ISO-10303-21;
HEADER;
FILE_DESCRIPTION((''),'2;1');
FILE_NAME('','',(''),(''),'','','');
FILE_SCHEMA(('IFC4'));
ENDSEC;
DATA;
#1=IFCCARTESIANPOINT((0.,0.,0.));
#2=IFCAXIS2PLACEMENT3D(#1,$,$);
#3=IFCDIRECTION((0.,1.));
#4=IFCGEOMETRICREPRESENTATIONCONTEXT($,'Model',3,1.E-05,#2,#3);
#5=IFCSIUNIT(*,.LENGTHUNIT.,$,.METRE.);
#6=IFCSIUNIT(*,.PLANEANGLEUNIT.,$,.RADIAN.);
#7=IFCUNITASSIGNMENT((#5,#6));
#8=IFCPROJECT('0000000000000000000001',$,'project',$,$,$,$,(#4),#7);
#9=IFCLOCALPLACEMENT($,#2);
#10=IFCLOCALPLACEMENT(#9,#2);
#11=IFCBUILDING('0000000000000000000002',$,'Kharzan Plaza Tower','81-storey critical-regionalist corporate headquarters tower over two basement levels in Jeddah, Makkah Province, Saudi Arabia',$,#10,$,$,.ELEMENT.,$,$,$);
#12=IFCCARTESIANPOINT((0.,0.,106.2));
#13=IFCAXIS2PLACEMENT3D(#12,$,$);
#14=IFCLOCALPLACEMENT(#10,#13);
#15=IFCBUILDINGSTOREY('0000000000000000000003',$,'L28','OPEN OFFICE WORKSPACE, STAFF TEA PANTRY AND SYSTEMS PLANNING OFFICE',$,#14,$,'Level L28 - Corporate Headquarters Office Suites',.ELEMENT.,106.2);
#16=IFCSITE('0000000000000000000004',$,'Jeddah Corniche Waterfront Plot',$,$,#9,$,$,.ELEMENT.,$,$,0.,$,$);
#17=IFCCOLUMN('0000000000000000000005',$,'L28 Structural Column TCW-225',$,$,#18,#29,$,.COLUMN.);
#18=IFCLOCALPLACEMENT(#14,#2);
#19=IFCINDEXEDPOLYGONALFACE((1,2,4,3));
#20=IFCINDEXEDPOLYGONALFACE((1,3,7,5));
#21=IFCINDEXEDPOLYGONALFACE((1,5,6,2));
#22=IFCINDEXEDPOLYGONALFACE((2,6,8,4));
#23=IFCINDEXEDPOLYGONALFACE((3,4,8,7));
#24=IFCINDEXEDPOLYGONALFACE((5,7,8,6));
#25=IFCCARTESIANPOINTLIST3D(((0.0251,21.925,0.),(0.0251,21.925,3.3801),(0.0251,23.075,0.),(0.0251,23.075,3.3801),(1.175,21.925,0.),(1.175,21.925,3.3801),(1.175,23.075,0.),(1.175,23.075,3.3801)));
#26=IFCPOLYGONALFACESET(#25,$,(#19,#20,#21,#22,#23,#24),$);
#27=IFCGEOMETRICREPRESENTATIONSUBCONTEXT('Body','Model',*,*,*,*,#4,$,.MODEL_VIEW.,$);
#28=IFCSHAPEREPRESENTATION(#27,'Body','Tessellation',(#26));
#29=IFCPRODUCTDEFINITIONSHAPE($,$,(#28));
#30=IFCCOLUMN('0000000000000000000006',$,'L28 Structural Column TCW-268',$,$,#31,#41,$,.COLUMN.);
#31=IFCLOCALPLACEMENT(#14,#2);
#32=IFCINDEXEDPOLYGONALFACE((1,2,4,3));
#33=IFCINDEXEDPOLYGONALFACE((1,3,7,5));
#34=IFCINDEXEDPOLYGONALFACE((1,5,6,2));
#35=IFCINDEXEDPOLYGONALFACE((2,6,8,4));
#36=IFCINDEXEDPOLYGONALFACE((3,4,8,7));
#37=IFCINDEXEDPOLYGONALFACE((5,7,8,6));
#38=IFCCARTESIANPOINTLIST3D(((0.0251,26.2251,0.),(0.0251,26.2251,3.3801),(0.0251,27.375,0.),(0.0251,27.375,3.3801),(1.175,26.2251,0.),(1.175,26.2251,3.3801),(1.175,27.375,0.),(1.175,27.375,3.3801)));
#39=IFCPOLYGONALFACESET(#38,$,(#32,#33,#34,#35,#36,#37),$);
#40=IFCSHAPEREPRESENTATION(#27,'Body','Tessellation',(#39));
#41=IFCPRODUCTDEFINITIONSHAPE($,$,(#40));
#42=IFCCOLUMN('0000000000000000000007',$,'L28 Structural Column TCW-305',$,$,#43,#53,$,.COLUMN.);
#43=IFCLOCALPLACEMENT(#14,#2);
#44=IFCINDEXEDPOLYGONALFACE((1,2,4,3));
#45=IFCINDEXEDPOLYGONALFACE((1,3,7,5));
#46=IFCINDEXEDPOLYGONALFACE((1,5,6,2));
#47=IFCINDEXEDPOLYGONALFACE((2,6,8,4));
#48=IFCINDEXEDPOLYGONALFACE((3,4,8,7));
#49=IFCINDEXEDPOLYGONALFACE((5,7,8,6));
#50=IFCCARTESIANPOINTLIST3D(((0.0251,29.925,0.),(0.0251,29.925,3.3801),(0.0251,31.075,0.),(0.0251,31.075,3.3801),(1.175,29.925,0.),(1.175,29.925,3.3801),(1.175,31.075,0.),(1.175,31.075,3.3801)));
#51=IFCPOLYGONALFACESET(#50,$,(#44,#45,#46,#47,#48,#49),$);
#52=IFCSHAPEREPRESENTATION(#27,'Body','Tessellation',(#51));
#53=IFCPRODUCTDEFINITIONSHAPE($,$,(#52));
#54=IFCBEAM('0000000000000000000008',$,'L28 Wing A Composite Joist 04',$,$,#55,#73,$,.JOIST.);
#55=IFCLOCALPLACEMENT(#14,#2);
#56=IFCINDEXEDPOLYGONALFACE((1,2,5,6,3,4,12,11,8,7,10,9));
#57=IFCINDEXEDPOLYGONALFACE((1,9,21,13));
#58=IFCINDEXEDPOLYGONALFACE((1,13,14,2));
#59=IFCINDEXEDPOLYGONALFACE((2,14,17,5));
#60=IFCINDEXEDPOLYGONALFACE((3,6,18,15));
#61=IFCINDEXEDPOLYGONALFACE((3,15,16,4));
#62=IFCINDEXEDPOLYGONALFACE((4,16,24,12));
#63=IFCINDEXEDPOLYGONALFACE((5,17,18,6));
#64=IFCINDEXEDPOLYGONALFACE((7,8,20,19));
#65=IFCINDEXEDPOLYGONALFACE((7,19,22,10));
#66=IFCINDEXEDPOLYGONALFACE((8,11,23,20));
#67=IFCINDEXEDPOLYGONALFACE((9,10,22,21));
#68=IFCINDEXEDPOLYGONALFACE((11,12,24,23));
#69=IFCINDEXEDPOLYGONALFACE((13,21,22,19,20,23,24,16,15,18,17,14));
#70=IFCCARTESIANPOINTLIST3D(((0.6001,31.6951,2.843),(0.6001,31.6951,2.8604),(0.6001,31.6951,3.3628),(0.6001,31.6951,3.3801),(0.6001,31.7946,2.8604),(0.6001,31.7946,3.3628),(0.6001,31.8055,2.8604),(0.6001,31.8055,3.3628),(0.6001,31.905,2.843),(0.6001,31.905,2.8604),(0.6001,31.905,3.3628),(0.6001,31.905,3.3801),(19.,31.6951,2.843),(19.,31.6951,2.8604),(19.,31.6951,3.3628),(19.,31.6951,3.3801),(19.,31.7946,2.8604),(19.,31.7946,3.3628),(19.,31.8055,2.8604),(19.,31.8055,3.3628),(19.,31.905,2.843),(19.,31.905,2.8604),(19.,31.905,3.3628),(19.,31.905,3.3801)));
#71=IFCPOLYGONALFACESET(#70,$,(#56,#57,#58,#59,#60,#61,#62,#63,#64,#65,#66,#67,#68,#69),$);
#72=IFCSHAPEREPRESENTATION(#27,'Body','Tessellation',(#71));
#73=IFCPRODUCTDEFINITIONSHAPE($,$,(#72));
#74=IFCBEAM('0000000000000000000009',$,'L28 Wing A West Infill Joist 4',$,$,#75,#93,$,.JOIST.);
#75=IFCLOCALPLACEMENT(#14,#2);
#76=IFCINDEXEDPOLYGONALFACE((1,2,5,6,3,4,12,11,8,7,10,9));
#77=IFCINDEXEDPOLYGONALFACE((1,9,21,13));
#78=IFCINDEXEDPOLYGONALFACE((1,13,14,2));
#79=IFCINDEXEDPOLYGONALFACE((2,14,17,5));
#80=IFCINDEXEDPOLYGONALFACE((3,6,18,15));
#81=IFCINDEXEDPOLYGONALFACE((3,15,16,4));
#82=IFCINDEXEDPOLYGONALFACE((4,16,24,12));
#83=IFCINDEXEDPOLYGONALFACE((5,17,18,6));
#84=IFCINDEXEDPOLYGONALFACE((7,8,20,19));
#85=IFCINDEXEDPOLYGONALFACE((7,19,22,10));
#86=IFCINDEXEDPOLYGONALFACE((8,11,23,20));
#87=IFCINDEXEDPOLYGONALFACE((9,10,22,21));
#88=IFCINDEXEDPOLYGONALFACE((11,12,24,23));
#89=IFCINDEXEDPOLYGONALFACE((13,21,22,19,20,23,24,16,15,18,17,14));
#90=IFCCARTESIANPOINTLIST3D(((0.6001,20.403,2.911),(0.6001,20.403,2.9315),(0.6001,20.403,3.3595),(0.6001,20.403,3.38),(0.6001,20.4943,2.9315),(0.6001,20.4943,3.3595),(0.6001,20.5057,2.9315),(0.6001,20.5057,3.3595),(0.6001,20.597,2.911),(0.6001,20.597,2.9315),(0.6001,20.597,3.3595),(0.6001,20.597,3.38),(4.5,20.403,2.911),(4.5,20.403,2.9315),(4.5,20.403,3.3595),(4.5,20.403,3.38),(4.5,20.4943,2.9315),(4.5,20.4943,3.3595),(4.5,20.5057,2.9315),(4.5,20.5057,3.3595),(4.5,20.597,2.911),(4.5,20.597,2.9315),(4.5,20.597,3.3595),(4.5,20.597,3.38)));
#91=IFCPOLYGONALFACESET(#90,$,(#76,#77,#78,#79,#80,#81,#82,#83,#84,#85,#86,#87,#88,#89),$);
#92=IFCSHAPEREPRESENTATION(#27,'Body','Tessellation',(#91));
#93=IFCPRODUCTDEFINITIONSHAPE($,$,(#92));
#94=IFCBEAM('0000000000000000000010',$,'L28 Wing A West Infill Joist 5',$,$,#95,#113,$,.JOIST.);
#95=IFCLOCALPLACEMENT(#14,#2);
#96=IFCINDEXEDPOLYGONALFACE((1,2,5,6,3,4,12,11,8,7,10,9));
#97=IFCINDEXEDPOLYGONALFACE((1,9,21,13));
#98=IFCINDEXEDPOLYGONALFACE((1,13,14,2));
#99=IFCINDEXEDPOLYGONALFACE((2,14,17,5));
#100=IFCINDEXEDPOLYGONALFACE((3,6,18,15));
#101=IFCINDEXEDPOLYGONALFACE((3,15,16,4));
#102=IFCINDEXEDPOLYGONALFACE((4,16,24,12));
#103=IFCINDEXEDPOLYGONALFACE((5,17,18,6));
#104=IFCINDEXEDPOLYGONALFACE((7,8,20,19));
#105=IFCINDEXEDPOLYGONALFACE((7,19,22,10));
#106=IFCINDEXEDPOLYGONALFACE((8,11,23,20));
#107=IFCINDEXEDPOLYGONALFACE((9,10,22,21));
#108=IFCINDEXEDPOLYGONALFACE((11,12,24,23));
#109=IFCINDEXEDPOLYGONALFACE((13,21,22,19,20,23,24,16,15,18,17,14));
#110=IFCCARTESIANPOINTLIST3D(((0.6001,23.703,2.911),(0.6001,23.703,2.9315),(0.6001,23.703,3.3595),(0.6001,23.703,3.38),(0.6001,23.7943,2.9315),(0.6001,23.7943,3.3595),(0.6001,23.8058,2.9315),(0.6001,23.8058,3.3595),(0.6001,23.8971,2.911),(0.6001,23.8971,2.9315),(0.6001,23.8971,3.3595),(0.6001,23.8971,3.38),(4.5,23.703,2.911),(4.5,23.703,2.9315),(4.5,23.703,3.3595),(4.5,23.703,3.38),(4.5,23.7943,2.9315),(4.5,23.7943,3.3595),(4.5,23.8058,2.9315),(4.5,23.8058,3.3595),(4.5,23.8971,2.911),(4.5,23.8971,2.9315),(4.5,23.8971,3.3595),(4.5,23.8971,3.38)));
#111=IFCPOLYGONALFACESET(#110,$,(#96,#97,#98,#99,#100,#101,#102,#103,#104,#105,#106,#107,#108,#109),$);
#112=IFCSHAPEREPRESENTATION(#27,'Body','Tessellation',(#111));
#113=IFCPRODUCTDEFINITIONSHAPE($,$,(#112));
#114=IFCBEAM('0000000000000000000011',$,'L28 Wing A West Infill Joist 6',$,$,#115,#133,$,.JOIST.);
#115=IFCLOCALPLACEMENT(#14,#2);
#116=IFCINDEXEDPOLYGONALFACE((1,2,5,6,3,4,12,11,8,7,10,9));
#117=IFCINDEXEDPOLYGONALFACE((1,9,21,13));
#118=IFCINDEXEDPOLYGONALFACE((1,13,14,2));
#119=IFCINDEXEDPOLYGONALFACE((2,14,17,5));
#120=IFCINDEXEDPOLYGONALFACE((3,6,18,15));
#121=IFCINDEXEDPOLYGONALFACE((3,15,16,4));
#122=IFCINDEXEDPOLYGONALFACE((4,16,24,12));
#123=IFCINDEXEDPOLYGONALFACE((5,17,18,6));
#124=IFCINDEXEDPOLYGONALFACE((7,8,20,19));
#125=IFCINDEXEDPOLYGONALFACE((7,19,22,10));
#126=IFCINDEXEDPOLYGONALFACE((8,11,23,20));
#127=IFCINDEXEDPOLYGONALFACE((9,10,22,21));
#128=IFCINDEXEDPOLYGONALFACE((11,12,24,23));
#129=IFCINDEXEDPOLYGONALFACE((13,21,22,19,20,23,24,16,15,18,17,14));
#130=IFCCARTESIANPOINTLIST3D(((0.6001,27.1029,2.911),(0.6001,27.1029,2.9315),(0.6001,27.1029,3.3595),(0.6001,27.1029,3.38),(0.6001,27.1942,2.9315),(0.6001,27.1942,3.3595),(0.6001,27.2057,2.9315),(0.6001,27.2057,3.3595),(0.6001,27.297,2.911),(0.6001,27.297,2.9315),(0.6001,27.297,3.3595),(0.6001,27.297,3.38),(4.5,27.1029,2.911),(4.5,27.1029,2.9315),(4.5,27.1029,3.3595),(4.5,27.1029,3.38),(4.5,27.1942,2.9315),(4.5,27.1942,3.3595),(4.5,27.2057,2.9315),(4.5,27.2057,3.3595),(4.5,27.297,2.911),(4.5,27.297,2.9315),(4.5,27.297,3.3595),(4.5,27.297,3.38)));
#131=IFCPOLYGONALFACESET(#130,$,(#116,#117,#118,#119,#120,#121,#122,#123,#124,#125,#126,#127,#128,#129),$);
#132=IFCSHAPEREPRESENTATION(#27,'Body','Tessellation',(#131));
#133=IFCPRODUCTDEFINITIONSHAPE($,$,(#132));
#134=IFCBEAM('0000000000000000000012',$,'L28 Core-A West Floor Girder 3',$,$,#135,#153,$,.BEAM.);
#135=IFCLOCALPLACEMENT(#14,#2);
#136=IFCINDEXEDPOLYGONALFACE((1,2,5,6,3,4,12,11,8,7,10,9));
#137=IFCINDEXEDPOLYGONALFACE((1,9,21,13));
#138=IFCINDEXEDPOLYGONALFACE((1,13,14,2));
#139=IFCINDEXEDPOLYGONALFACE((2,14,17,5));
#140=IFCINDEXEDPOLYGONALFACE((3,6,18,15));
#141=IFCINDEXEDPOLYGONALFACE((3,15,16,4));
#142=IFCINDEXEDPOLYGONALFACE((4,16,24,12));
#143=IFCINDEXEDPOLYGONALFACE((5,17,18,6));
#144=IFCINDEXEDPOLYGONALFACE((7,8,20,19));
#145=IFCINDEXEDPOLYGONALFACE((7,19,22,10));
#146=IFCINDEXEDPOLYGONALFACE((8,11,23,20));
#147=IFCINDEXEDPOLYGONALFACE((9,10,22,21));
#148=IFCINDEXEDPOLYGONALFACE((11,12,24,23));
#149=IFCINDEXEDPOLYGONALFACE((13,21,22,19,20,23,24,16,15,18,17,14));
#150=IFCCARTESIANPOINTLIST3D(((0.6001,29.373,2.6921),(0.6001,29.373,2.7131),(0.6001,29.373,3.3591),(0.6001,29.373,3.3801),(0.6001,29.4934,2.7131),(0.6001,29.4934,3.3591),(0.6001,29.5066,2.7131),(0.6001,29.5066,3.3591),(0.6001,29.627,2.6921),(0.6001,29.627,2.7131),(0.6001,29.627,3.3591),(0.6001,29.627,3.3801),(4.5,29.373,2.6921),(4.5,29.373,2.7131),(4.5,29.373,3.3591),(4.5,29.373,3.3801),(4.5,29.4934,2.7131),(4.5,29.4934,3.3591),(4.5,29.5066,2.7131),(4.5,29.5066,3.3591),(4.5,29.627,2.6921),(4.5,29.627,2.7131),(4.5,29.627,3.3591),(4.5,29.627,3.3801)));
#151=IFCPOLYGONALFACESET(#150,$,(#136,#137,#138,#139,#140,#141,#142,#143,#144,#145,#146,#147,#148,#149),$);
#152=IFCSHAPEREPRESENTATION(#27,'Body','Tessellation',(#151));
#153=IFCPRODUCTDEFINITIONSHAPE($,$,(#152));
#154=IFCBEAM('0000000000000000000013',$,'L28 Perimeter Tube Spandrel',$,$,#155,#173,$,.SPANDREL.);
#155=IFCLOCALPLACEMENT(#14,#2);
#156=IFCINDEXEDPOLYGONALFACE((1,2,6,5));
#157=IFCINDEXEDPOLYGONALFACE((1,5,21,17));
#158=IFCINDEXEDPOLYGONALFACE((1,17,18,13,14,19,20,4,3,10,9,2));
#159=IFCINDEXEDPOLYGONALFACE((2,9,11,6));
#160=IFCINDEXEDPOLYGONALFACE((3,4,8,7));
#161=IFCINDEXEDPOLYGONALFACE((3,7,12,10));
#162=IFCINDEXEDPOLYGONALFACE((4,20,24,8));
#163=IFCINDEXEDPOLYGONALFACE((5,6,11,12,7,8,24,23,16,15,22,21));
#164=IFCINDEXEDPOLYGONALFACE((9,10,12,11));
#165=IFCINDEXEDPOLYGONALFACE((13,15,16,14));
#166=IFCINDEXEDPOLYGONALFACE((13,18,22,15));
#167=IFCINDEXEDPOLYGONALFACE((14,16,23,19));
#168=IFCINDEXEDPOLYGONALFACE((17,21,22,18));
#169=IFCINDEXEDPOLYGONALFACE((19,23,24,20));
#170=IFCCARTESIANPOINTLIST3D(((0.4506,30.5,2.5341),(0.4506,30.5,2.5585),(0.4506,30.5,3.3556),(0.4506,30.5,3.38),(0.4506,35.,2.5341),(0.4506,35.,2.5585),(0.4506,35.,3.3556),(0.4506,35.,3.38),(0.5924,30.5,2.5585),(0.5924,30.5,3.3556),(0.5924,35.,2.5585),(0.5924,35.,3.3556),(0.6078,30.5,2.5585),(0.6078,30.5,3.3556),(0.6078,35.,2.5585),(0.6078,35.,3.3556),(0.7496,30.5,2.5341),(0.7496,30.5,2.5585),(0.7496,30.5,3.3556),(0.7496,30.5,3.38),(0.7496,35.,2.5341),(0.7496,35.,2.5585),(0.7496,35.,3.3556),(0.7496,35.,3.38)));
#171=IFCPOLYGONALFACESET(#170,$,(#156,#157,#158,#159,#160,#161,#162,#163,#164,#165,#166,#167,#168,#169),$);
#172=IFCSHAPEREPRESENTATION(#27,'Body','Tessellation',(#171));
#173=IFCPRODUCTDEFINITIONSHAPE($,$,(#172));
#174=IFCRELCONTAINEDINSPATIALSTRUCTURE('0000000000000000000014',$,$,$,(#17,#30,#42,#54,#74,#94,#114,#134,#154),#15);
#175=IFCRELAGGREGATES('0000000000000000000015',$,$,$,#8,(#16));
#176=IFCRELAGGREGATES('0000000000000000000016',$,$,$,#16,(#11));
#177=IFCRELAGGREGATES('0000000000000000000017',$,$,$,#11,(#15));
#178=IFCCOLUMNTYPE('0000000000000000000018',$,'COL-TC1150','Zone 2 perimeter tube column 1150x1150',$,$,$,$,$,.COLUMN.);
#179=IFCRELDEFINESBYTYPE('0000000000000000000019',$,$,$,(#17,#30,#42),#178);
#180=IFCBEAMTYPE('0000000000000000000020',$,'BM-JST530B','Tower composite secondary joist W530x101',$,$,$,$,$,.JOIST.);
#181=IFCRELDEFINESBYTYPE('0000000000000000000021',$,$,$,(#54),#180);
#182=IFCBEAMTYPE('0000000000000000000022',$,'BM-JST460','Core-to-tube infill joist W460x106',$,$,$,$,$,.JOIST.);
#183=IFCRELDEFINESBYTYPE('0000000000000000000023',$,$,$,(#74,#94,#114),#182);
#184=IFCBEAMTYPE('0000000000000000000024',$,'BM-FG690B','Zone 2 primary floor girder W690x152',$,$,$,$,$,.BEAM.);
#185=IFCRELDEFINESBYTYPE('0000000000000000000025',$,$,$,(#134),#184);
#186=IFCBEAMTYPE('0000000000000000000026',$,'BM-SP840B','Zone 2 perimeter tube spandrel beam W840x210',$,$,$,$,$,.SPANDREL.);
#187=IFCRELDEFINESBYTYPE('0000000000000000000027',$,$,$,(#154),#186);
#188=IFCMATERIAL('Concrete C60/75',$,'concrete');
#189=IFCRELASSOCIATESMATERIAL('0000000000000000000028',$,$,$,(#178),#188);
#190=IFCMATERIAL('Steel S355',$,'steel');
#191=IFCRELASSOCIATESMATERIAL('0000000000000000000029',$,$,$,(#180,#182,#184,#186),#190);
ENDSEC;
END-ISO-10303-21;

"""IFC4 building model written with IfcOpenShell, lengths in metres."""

from ifc_helpers import new_model, si_unit, direction, frame, origin, origin_2d, place, context, subcontext, project, spatial, rectangle, i_section, extrude, source, transform, mapped, material, material_profile, profile_set, type_object, element, save


model = new_model("IFC4")

# Units and contexts
model_context = context("Model", 3, precision=1e-05, world=origin(), true_north=direction((0.0, 1.0)))
body_context = subcontext(model_context, "Body", "Model", "MODEL_VIEW")
ifc_project = project(units=[si_unit("LENGTHUNIT", "METRE"), si_unit("PLANEANGLEUNIT", "RADIAN")], contexts=[model_context])

# Site, building, storey
site_placement = place(None, origin())
site = spatial("IfcSite", under=ifc_project, at=site_placement, Name="Jeddah Corniche Waterfront Plot", CompositionType="ELEMENT", RefElevation=0.0)
building_placement = place(site_placement, origin())
building = spatial("IfcBuilding", under=site, at=building_placement, Name="Kharzan Plaza Tower", Description="81-storey critical-regionalist corporate headquarters tower over two basement levels in Jeddah, Makkah Province, Saudi Arabia", CompositionType="ELEMENT")
storey_placement = place(building_placement, frame((0.0, 0.0, 106.2)))
storey = spatial("IfcBuildingStorey", under=building, at=storey_placement, Name="L28", Description="OPEN OFFICE WORKSPACE, STAFF TEA PANTRY AND SYSTEMS PLANNING OFFICE", LongName="Level L28 - Corporate Headquarters Office Suites", CompositionType="ELEMENT", Elevation=106.2)

# Columns
ifc_material_1 = material(Name="Concrete C60/75", Category="concrete")
ifc_material_profile_1 = material_profile(ifc_material_1, rectangle(XDim=1.1499, YDim=1.1499, at=origin_2d()), Name="RC-TC1150x1150")
ifc_profile_set_1 = profile_set([ifc_material_profile_1], Name="Concrete C60/75")
column_type = type_object("IfcColumnType", Name="COL-TC1150", Description="Zone 2 perimeter tube column 1150x1150", PredefinedType="COLUMN", material=ifc_profile_set_1)
shared_shape_1 = source(origin(), body_context, "Body", "SweptSolid", [
    extrude(rectangle(XDim=1.1499, YDim=1.1499, at=origin_2d()), origin(), (0.0, 0.0, 1.0), 3.3801),
])
for number, where, z_axis, x_axis, name in (
    (1, (0.6001, 22.5, 0.0), (0.0, 0.0, 1.0), (1.0, 0.0, 0.0), "L28 Structural Column TCW-225"),
    (2, (0.6001, 26.8, 0.0), (0.0, 0.0, 1.0), (1.0, 0.0, 0.0), "L28 Structural Column TCW-268"),
    (3, (0.6001, 30.5, 0.0), (0.0, 0.0, 1.0), (1.0, 0.0, 0.0), "L28 Structural Column TCW-305"),
):
    element("IfcColumn", number, at=place(storey_placement, frame(where, z_axis=z_axis, x_axis=x_axis)), inside=storey, type_object=column_type, Name=name, PredefinedType="COLUMN", context=body_context, shape_type="MappedRepresentation", body=[
        mapped(shared_shape_1, transform((0.0, 0.0, 0.0), x_axis=(1.0, 0.0, 0.0), y_axis=(0.0, 1.0, 0.0), z_axis=(0.0, 0.0, 1.0))),
    ])

# Beams
ifc_material_2 = material(Name="Steel S355", Category="steel")
ifc_material_profile_2 = material_profile(ifc_material_2, i_section(OverallWidth=0.21, OverallDepth=0.5371, WebThickness=0.011, FlangeThickness=0.0173, at=origin_2d()), Name="W530x101")
ifc_profile_set_2 = profile_set([ifc_material_profile_2], Name="Steel S355")
beam_type_1 = type_object("IfcBeamType", Name="BM-JST530B", Description="Tower composite secondary joist W530x101", PredefinedType="JOIST", material=ifc_profile_set_2)
shared_shape_2 = source(origin(), body_context, "Body", "SweptSolid", [
    extrude(i_section(OverallWidth=0.21, OverallDepth=0.5371, WebThickness=0.011, FlangeThickness=0.0173, at=origin_2d()), origin(), (0.0, 0.0, 1.0), 18.3999),
])
beam_1_placement = place(storey_placement, frame((0.6001, 31.8, 3.1116), z_axis=(1.0, 0.0, 0.0), x_axis=(0.0, 1.0, 0.0)))
element("IfcBeam", 4, at=beam_1_placement, inside=storey, type_object=beam_type_1, Name="L28 Wing A Composite Joist 04", PredefinedType="JOIST", context=body_context, shape_type="MappedRepresentation", body=[
    mapped(shared_shape_2, transform((0.0, 0.0, 0.0), x_axis=(1.0, 0.0, 0.0), y_axis=(0.0, 1.0, 0.0), z_axis=(0.0, 0.0, 1.0))),
])
ifc_material_profile_3 = material_profile(ifc_material_2, i_section(OverallWidth=0.1941, OverallDepth=0.469, WebThickness=0.0115, FlangeThickness=0.0205, at=origin_2d()), Name="W460x106")
ifc_profile_set_3 = profile_set([ifc_material_profile_3], Name="Steel S355")
beam_type_2 = type_object("IfcBeamType", Name="BM-JST460", Description="Core-to-tube infill joist W460x106", PredefinedType="JOIST", material=ifc_profile_set_3)
shared_shape_3 = source(origin(), body_context, "Body", "SweptSolid", [
    extrude(i_section(OverallWidth=0.1941, OverallDepth=0.469, WebThickness=0.0115, FlangeThickness=0.0205, at=origin_2d()), origin(), (0.0, 0.0, 1.0), 3.8999),
])
for number, where, z_axis, x_axis, name in (
    (5, (0.6001, 20.5, 3.1455), (1.0, 0.0, 0.0), (0.0, 1.0, 0.0), "L28 Wing A West Infill Joist 4"),
    (6, (0.6001, 23.8, 3.1455), (1.0, 0.0, 0.0), (0.0, 1.0, 0.0), "L28 Wing A West Infill Joist 5"),
    (7, (0.6001, 27.2, 3.1455), (1.0, 0.0, 0.0), (0.0, 1.0, 0.0), "L28 Wing A West Infill Joist 6"),
):
    element("IfcBeam", number, at=place(storey_placement, frame(where, z_axis=z_axis, x_axis=x_axis)), inside=storey, type_object=beam_type_2, Name=name, PredefinedType="JOIST", context=body_context, shape_type="MappedRepresentation", body=[
        mapped(shared_shape_3, transform((0.0, 0.0, 0.0), x_axis=(1.0, 0.0, 0.0), y_axis=(0.0, 1.0, 0.0), z_axis=(0.0, 0.0, 1.0))),
    ])
ifc_material_profile_4 = material_profile(ifc_material_2, i_section(OverallWidth=0.2539, OverallDepth=0.688, WebThickness=0.0132, FlangeThickness=0.021, at=origin_2d()), Name="W690x152")
ifc_profile_set_4 = profile_set([ifc_material_profile_4], Name="Steel S355")
beam_type_3 = type_object("IfcBeamType", Name="BM-FG690B", Description="Zone 2 primary floor girder W690x152", PredefinedType="BEAM", material=ifc_profile_set_4)
shared_shape_4 = source(origin(), body_context, "Body", "SweptSolid", [
    extrude(i_section(OverallWidth=0.2539, OverallDepth=0.688, WebThickness=0.0132, FlangeThickness=0.021, at=origin_2d()), origin(), (0.0, 0.0, 1.0), 3.8999),
])
beam_2_placement = place(storey_placement, frame((0.6001, 29.5, 3.0361), z_axis=(1.0, 0.0, 0.0), x_axis=(0.0, 1.0, 0.0)))
element("IfcBeam", 8, at=beam_2_placement, inside=storey, type_object=beam_type_3, Name="L28 Core-A West Floor Girder 3", PredefinedType="BEAM", context=body_context, shape_type="MappedRepresentation", body=[
    mapped(shared_shape_4, transform((0.0, 0.0, 0.0), x_axis=(1.0, 0.0, 0.0), y_axis=(0.0, 1.0, 0.0), z_axis=(0.0, 0.0, 1.0))),
])
ifc_material_profile_5 = material_profile(ifc_material_2, i_section(OverallWidth=0.2991, OverallDepth=0.8459, WebThickness=0.0154, FlangeThickness=0.0244, at=origin_2d()), Name="W840x210")
ifc_profile_set_5 = profile_set([ifc_material_profile_5], Name="Steel S355")
beam_type_4 = type_object("IfcBeamType", Name="BM-SP840B", Description="Zone 2 perimeter tube spandrel beam W840x210", PredefinedType="SPANDREL", material=ifc_profile_set_5)
shared_shape_5 = source(origin(), body_context, "Body", "SweptSolid", [
    extrude(i_section(OverallWidth=0.2991, OverallDepth=0.8459, WebThickness=0.0154, FlangeThickness=0.0244, at=origin_2d()), origin(), (0.0, 0.0, 1.0), 4.5),
])
beam_3_placement = place(storey_placement, frame((0.6001, 30.5, 2.957), z_axis=(0.0, 1.0, 0.0), x_axis=(-1.0, 0.0, 0.0)))
element("IfcBeam", 9, at=beam_3_placement, inside=storey, type_object=beam_type_4, Name="L28 Perimeter Tube Spandrel", PredefinedType="SPANDREL", context=body_context, shape_type="MappedRepresentation", body=[
    mapped(shared_shape_5, transform((0.0, 0.0, 0.0), x_axis=(1.0, 0.0, 0.0), y_axis=(0.0, 1.0, 0.0), z_axis=(0.0, 0.0, 1.0))),
])

save(model, "model.ifc")
